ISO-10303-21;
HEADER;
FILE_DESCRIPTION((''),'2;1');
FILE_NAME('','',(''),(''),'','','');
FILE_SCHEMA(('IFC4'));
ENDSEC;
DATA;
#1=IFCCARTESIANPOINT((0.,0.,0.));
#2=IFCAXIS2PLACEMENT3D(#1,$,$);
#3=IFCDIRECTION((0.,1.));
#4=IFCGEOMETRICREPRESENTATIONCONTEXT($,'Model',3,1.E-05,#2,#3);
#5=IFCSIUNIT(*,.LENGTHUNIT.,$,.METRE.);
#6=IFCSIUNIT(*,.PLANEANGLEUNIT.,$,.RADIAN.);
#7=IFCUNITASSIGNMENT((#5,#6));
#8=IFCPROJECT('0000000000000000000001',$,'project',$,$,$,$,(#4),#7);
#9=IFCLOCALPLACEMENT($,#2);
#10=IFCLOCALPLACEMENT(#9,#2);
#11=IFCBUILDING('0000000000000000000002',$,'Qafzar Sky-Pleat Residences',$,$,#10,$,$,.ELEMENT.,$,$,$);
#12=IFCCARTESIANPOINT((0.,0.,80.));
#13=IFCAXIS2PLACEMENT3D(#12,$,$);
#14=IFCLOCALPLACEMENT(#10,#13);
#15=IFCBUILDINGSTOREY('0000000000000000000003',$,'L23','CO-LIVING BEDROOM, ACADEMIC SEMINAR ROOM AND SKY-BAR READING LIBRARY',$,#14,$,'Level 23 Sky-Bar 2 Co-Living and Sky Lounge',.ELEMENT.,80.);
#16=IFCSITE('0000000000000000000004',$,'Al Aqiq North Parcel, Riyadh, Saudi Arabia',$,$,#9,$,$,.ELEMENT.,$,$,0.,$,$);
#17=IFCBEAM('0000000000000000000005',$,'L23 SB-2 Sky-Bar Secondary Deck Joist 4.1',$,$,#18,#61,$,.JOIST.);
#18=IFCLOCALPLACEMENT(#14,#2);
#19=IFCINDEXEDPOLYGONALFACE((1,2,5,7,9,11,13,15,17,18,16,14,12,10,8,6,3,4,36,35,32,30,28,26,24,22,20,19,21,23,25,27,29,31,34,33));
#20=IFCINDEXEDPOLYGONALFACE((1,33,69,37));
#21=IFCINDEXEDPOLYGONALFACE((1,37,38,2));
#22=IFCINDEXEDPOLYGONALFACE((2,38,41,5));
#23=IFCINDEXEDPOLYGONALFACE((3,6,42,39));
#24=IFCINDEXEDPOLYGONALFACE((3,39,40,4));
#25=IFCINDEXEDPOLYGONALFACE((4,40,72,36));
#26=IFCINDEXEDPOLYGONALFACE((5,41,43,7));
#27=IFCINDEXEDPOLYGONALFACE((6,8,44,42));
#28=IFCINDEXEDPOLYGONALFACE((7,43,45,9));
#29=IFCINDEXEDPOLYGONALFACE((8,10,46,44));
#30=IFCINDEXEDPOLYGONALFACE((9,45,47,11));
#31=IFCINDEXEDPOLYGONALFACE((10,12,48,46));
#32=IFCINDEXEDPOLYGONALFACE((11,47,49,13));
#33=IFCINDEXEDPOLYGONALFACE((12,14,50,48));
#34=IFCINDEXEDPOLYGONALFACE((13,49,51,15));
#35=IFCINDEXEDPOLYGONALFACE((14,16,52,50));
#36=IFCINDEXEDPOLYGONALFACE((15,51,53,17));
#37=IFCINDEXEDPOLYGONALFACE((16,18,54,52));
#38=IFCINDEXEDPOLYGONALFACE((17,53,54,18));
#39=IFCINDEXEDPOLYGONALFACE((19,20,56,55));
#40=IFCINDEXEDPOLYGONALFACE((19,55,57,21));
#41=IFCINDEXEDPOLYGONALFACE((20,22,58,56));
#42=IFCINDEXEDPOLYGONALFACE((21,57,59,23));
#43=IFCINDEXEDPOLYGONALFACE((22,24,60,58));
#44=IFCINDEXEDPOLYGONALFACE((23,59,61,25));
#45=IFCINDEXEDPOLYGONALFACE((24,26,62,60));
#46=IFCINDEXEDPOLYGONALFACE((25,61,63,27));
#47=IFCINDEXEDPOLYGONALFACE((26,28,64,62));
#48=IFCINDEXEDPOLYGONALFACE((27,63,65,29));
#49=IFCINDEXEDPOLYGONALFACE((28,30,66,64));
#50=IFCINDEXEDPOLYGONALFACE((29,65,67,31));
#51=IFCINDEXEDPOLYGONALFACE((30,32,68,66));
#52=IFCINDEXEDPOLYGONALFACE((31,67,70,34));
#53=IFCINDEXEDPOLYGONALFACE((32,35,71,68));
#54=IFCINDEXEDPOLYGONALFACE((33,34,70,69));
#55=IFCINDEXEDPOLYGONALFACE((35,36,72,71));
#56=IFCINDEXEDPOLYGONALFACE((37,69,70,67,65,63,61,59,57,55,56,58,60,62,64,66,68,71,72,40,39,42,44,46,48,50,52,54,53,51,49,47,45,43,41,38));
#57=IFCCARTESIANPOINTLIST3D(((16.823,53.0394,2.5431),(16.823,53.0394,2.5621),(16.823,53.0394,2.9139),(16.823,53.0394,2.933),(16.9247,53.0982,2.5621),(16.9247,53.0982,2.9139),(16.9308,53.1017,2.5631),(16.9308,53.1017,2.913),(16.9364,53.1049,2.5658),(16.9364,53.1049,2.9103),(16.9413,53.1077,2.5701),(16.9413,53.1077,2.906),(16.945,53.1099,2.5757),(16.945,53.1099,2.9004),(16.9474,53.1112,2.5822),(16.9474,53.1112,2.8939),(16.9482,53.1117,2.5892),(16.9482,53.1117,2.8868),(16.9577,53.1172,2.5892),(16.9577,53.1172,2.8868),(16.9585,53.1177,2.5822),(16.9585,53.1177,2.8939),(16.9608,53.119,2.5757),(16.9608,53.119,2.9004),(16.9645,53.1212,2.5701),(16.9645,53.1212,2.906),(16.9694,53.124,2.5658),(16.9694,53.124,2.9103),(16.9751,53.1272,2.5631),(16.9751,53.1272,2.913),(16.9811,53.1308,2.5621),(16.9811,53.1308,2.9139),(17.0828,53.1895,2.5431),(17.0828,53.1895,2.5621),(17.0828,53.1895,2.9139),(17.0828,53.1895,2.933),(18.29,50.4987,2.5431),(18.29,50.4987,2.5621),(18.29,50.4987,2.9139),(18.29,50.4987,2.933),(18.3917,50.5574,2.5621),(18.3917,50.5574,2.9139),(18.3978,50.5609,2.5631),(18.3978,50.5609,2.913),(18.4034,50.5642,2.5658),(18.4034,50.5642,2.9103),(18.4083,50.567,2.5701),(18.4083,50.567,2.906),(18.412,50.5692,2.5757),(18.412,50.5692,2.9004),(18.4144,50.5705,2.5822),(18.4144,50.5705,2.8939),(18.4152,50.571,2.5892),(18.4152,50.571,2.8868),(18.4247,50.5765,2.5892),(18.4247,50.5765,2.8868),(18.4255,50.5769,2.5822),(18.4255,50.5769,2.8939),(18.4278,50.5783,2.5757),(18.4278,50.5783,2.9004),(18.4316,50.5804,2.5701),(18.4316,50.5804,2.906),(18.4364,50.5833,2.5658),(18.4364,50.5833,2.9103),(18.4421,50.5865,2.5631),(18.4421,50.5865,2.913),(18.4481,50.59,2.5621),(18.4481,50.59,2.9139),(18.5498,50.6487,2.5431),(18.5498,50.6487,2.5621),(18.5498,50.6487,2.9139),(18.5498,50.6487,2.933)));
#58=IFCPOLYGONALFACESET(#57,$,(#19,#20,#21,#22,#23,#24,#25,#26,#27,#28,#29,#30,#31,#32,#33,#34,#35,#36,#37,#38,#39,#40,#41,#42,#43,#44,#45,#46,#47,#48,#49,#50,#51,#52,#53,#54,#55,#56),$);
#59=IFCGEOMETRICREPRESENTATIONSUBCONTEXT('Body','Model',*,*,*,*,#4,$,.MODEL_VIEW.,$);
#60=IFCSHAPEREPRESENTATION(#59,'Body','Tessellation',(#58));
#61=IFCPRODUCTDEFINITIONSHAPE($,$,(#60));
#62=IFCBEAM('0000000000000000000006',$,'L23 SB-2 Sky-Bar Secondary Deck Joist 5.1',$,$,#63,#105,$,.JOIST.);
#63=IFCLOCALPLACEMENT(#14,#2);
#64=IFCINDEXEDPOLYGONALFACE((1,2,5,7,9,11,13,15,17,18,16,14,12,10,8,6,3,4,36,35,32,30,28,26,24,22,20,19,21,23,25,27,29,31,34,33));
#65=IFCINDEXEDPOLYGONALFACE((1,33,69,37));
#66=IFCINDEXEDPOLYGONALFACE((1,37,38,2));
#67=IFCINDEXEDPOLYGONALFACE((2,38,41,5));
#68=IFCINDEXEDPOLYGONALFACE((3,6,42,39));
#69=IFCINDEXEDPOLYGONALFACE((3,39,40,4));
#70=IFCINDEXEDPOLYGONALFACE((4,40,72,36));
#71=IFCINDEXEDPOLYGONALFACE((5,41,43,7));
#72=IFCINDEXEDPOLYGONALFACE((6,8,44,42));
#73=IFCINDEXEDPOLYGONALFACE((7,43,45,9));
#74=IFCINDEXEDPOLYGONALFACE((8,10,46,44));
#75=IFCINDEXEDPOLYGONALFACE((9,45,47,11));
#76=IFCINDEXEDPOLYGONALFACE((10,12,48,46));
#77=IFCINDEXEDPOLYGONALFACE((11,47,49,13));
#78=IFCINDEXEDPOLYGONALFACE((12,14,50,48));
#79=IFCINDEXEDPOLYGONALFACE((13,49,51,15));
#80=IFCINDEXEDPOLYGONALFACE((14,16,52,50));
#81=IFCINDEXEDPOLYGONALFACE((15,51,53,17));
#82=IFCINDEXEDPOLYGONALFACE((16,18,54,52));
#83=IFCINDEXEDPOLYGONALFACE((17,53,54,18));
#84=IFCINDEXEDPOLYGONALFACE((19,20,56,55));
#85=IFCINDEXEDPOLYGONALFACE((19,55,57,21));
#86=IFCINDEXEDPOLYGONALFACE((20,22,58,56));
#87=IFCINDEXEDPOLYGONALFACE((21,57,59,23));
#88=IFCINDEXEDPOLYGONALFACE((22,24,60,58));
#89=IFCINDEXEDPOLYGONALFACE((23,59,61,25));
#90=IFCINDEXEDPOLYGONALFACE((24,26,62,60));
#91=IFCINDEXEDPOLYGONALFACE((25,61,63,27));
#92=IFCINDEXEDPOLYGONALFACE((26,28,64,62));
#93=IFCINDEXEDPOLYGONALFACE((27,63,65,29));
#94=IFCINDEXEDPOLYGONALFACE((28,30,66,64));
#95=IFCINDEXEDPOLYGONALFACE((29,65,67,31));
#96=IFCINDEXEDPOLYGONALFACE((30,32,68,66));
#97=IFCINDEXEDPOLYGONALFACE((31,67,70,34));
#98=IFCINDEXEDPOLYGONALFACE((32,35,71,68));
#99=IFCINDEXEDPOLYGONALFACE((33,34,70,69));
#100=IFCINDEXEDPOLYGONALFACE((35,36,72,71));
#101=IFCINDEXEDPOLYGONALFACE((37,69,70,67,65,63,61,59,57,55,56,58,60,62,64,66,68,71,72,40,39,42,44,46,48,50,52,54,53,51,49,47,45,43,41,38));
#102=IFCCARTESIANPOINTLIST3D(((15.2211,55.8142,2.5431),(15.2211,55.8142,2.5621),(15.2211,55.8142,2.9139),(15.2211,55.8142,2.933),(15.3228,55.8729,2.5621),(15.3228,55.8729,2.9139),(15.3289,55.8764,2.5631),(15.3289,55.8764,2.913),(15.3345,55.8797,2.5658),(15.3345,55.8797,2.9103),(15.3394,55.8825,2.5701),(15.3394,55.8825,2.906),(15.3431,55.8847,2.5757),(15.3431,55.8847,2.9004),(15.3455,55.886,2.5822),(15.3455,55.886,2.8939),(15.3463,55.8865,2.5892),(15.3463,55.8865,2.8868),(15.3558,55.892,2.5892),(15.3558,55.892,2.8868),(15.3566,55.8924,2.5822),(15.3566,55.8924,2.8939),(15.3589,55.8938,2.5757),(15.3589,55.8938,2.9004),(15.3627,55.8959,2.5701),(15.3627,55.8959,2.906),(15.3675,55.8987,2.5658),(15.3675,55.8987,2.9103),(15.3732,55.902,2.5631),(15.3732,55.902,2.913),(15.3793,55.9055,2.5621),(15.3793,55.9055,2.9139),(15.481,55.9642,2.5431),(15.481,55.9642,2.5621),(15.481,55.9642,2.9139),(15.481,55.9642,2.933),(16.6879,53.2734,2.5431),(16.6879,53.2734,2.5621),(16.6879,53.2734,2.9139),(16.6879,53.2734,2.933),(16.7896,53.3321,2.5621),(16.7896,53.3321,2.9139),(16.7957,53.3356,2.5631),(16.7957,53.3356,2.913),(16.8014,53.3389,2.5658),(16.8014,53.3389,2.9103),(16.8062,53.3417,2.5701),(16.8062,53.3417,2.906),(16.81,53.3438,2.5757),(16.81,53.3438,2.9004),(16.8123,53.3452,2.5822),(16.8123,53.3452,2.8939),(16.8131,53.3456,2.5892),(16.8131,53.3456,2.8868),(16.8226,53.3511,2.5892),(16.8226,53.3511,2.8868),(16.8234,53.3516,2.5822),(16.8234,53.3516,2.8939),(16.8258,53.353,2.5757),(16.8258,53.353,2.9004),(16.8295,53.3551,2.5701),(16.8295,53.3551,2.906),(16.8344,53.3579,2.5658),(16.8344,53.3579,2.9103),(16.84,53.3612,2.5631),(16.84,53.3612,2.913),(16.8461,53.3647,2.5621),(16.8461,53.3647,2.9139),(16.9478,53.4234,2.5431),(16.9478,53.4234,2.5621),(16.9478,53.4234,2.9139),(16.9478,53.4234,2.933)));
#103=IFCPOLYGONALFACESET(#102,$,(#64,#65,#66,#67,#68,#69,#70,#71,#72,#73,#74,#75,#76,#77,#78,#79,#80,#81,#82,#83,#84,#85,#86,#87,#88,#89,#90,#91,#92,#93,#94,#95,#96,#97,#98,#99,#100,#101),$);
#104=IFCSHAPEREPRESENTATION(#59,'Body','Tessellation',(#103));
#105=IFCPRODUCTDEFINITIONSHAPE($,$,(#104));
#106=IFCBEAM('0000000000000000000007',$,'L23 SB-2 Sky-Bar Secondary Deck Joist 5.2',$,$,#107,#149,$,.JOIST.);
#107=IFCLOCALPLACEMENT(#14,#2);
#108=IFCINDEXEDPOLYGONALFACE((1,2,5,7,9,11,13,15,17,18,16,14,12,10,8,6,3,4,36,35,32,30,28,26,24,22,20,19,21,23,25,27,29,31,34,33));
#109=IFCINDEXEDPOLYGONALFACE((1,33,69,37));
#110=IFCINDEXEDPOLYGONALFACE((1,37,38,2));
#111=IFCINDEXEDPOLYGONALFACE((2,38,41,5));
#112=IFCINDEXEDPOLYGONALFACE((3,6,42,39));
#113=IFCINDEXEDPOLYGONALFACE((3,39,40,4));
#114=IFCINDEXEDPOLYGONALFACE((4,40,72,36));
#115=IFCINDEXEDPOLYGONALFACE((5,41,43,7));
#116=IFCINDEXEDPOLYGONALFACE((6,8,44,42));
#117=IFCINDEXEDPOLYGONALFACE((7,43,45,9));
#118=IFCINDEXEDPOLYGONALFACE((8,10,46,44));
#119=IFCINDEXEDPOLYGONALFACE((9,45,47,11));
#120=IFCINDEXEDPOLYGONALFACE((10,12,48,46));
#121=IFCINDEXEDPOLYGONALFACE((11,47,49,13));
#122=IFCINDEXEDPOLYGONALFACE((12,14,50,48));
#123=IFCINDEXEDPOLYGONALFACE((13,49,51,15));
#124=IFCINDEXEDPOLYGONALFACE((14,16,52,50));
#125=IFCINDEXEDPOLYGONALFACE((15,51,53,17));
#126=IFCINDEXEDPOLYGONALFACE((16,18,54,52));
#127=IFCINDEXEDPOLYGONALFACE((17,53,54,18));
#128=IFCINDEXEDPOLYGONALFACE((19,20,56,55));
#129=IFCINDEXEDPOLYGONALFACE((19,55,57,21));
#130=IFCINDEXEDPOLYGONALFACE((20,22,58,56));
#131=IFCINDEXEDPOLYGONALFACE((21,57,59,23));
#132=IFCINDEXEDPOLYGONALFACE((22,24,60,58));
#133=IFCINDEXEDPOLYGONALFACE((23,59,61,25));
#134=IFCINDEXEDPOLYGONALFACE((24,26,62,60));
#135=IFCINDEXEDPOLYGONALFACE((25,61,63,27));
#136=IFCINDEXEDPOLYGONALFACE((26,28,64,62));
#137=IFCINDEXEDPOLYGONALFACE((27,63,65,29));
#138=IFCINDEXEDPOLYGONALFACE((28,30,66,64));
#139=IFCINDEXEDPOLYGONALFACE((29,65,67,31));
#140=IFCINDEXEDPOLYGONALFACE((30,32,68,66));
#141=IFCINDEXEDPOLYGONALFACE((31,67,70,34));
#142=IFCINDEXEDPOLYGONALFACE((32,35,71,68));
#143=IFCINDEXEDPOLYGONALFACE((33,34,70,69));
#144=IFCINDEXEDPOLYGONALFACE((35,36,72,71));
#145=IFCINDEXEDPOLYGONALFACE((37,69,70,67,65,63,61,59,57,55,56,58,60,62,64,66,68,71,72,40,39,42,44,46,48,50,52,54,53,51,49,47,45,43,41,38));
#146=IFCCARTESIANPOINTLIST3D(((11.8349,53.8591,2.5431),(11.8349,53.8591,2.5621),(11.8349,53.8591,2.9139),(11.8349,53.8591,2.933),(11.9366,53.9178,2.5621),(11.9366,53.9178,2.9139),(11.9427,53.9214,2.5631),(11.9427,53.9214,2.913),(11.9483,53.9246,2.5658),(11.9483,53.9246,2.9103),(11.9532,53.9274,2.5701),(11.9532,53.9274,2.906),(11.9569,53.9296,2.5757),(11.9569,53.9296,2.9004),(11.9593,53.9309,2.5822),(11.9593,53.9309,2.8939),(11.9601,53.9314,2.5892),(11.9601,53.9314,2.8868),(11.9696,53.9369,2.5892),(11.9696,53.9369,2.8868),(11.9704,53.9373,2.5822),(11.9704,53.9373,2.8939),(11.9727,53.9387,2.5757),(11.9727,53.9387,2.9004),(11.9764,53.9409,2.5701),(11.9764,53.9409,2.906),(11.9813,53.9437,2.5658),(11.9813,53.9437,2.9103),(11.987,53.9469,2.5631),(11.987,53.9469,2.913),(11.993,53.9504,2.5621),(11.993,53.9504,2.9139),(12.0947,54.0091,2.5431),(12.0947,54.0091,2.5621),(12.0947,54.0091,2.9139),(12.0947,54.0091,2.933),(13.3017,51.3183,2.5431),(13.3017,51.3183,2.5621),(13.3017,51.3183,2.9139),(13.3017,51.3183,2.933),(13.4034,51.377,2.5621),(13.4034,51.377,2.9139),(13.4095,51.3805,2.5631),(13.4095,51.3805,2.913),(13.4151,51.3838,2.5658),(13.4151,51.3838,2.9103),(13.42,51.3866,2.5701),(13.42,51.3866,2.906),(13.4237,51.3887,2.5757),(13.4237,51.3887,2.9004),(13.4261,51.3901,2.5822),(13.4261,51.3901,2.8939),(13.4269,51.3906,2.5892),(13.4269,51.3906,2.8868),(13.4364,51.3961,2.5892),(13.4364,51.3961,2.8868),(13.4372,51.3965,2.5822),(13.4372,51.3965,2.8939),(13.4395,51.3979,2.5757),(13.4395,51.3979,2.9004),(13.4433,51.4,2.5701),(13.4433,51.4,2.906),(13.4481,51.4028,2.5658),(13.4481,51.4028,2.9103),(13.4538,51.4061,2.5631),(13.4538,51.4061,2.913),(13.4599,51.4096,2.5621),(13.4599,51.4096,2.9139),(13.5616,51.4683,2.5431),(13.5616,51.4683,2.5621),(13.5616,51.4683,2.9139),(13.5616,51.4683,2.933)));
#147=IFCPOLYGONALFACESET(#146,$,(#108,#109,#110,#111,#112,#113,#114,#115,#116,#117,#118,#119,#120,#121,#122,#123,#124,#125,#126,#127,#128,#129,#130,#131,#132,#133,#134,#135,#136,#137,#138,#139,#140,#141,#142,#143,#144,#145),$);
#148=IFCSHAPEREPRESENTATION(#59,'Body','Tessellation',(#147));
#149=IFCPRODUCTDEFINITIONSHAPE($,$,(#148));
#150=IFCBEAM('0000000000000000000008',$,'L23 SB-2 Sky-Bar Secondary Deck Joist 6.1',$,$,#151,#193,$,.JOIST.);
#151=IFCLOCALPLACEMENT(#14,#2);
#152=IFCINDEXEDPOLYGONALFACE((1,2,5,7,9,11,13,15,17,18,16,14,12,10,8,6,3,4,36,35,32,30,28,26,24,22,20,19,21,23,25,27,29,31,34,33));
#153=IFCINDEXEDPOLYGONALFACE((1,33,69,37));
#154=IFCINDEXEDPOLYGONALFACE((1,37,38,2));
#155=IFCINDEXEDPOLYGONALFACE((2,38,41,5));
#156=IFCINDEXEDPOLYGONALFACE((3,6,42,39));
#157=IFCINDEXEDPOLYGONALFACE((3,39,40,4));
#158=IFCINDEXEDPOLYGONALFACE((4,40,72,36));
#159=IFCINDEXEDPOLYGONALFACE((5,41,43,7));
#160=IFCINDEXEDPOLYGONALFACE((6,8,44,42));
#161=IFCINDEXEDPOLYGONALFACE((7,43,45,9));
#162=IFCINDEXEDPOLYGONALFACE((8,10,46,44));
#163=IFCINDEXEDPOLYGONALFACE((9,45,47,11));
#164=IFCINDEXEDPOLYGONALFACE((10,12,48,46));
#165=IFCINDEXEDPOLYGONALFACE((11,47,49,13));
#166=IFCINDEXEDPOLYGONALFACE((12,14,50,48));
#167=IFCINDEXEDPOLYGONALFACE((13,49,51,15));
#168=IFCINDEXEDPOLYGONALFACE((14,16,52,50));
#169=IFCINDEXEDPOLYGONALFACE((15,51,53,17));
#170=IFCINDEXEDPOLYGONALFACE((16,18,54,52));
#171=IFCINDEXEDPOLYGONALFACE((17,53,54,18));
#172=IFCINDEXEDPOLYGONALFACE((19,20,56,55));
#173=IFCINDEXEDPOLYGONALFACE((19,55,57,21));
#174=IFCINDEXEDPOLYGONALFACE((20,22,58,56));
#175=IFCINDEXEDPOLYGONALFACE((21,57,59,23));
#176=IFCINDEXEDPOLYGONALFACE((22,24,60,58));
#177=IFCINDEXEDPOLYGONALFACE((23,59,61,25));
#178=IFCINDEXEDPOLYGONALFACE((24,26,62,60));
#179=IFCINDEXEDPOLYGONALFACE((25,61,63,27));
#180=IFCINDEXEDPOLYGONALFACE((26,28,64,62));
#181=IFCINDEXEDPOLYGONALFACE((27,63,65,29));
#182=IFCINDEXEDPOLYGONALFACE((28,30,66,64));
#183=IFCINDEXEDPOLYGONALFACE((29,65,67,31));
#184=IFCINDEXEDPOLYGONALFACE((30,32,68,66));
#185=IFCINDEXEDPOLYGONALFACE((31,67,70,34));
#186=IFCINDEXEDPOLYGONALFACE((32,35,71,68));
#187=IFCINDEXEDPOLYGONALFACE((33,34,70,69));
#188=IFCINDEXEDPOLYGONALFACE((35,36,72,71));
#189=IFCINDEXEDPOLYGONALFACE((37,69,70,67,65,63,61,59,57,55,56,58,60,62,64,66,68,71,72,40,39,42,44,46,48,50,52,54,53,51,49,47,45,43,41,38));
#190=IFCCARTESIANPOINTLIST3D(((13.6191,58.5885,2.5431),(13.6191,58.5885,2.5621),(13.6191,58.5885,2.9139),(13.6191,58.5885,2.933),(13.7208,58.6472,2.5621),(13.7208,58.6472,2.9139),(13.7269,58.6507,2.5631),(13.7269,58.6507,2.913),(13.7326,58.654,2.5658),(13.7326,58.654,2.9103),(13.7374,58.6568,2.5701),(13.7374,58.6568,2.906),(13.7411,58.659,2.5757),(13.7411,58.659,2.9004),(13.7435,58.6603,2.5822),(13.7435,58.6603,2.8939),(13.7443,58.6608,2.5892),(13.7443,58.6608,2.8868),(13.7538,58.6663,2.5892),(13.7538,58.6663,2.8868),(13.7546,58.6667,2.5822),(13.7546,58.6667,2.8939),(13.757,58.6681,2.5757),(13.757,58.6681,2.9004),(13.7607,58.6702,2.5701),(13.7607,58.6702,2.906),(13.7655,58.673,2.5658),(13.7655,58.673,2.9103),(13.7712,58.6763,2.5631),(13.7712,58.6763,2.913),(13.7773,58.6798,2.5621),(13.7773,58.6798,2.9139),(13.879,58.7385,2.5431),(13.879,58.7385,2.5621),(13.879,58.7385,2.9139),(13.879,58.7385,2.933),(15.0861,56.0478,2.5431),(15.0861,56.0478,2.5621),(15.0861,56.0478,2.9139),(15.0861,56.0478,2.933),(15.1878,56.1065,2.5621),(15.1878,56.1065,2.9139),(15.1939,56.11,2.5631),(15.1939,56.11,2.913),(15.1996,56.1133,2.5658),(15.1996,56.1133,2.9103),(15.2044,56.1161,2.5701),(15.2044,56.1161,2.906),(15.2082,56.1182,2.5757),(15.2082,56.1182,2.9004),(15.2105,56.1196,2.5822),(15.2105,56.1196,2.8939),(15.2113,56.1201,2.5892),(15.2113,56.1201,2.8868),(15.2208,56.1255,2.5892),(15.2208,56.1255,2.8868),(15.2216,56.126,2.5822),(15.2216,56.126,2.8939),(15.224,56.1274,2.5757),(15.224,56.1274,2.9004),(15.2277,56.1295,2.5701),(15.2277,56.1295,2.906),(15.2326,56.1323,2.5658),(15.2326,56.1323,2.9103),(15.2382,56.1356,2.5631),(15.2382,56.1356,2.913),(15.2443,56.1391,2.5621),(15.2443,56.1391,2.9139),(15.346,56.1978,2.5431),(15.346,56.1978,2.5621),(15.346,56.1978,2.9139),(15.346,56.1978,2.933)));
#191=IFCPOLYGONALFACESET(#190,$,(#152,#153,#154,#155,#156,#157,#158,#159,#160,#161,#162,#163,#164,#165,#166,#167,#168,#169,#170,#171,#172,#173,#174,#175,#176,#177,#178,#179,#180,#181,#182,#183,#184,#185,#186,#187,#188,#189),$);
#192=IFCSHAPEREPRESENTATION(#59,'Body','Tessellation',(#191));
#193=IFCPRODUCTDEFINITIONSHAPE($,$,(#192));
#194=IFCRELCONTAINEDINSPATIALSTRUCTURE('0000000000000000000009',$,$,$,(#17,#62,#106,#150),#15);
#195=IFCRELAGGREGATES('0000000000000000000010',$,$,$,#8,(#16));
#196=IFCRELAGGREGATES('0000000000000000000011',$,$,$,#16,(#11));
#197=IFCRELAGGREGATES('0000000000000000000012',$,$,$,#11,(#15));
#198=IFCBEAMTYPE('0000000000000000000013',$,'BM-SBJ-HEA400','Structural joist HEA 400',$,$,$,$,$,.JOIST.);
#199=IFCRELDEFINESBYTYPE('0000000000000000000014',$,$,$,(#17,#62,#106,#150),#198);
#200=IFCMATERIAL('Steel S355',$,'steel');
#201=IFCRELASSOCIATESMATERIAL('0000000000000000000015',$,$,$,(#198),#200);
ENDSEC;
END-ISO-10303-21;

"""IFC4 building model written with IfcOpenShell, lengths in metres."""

from ifc_helpers import new_model, si_unit, direction, frame, origin, origin_2d, place, context, subcontext, project, spatial, i_section, extrude, source, transform, mapped, material, material_profile, profile_set, type_object, element, save


model = new_model("IFC4")

# Units and contexts
model_context = context("Model", 3, precision=1e-05, world=origin(), true_north=direction((0.0, 1.0)))
body_context = subcontext(model_context, "Body", "Model", "MODEL_VIEW")
ifc_project = project(units=[si_unit("LENGTHUNIT", "METRE"), si_unit("PLANEANGLEUNIT", "RADIAN")], contexts=[model_context])

# Site, building, storey
site_placement = place(None, origin())
site = spatial("IfcSite", under=ifc_project, at=site_placement, Name="Al Aqiq North Parcel, Riyadh, Saudi Arabia", CompositionType="ELEMENT", RefElevation=0.0)
building_placement = place(site_placement, origin())
building = spatial("IfcBuilding", under=site, at=building_placement, Name="Qafzar Sky-Pleat Residences", CompositionType="ELEMENT")
storey_placement = place(building_placement, frame((0.0, 0.0, 80.0)))
storey = spatial("IfcBuildingStorey", under=building, at=storey_placement, Name="L23", Description="CO-LIVING BEDROOM, ACADEMIC SEMINAR ROOM AND SKY-BAR READING LIBRARY", LongName="Level 23 Sky-Bar 2 Co-Living and Sky Lounge", CompositionType="ELEMENT", Elevation=80.0)

# Beams
ifc_material_1 = material(Name="Steel S355", Category="steel")
ifc_material_profile_1 = material_profile(ifc_material_1, i_section(OverallWidth=0.3, OverallDepth=0.3899, WebThickness=0.011, FlangeThickness=0.019, FilletRadius=0.0271, at=origin_2d()), Name="HEA 400")
ifc_profile_set_1 = profile_set([ifc_material_profile_1], Name="Steel S355")
beam_type = type_object("IfcBeamType", Name="BM-SBJ-HEA400", Description="Structural joist HEA 400", PredefinedType="JOIST", material=ifc_profile_set_1)
shared_shape_1 = source(origin(), body_context, "Body", "SweptSolid", [
    extrude(i_section(OverallWidth=0.3, OverallDepth=0.3899, WebThickness=0.011, FlangeThickness=0.019, FilletRadius=0.0271, at=origin_2d()), origin(), (0.0, 0.0, 1.0), 2.9338),
])
for number, where, z_axis, x_axis, name in (
    (1, (18.4199, 50.5737, 2.738), (-0.500032, 0.866007, 0.0), (-0.866007, -0.500032, 0.0), "L23 SB-2 Sky-Bar Secondary Deck Joist 4.1"),
    (2, (16.8179, 53.3484, 2.738), (-0.49997, 0.866043, 0.0), (-0.866043, -0.49997, 0.0), "L23 SB-2 Sky-Bar Secondary Deck Joist 5.1"),
    (3, (13.4316, 51.3933, 2.738), (-0.49997, 0.866043, 0.0), (-0.866043, -0.49997, 0.0), "L23 SB-2 Sky-Bar Secondary Deck Joist 5.2"),
    (4, (15.2161, 56.1228, 2.738), (-0.500032, 0.866007, 0.0), (-0.866007, -0.500032, 0.0), "L23 SB-2 Sky-Bar Secondary Deck Joist 6.1"),
):
    element("IfcBeam", number, at=place(storey_placement, frame(where, z_axis=z_axis, x_axis=x_axis)), inside=storey, type_object=beam_type, Name=name, PredefinedType="JOIST", context=body_context, shape_type="MappedRepresentation", body=[
        mapped(shared_shape_1, transform((0.0, 0.0, 0.0), x_axis=(1.0, 0.0, 0.0), y_axis=(0.0, 1.0, 0.0), z_axis=(0.0, 0.0, 1.0), scale=1.0)),
    ])

save(model, "model.ifc")
